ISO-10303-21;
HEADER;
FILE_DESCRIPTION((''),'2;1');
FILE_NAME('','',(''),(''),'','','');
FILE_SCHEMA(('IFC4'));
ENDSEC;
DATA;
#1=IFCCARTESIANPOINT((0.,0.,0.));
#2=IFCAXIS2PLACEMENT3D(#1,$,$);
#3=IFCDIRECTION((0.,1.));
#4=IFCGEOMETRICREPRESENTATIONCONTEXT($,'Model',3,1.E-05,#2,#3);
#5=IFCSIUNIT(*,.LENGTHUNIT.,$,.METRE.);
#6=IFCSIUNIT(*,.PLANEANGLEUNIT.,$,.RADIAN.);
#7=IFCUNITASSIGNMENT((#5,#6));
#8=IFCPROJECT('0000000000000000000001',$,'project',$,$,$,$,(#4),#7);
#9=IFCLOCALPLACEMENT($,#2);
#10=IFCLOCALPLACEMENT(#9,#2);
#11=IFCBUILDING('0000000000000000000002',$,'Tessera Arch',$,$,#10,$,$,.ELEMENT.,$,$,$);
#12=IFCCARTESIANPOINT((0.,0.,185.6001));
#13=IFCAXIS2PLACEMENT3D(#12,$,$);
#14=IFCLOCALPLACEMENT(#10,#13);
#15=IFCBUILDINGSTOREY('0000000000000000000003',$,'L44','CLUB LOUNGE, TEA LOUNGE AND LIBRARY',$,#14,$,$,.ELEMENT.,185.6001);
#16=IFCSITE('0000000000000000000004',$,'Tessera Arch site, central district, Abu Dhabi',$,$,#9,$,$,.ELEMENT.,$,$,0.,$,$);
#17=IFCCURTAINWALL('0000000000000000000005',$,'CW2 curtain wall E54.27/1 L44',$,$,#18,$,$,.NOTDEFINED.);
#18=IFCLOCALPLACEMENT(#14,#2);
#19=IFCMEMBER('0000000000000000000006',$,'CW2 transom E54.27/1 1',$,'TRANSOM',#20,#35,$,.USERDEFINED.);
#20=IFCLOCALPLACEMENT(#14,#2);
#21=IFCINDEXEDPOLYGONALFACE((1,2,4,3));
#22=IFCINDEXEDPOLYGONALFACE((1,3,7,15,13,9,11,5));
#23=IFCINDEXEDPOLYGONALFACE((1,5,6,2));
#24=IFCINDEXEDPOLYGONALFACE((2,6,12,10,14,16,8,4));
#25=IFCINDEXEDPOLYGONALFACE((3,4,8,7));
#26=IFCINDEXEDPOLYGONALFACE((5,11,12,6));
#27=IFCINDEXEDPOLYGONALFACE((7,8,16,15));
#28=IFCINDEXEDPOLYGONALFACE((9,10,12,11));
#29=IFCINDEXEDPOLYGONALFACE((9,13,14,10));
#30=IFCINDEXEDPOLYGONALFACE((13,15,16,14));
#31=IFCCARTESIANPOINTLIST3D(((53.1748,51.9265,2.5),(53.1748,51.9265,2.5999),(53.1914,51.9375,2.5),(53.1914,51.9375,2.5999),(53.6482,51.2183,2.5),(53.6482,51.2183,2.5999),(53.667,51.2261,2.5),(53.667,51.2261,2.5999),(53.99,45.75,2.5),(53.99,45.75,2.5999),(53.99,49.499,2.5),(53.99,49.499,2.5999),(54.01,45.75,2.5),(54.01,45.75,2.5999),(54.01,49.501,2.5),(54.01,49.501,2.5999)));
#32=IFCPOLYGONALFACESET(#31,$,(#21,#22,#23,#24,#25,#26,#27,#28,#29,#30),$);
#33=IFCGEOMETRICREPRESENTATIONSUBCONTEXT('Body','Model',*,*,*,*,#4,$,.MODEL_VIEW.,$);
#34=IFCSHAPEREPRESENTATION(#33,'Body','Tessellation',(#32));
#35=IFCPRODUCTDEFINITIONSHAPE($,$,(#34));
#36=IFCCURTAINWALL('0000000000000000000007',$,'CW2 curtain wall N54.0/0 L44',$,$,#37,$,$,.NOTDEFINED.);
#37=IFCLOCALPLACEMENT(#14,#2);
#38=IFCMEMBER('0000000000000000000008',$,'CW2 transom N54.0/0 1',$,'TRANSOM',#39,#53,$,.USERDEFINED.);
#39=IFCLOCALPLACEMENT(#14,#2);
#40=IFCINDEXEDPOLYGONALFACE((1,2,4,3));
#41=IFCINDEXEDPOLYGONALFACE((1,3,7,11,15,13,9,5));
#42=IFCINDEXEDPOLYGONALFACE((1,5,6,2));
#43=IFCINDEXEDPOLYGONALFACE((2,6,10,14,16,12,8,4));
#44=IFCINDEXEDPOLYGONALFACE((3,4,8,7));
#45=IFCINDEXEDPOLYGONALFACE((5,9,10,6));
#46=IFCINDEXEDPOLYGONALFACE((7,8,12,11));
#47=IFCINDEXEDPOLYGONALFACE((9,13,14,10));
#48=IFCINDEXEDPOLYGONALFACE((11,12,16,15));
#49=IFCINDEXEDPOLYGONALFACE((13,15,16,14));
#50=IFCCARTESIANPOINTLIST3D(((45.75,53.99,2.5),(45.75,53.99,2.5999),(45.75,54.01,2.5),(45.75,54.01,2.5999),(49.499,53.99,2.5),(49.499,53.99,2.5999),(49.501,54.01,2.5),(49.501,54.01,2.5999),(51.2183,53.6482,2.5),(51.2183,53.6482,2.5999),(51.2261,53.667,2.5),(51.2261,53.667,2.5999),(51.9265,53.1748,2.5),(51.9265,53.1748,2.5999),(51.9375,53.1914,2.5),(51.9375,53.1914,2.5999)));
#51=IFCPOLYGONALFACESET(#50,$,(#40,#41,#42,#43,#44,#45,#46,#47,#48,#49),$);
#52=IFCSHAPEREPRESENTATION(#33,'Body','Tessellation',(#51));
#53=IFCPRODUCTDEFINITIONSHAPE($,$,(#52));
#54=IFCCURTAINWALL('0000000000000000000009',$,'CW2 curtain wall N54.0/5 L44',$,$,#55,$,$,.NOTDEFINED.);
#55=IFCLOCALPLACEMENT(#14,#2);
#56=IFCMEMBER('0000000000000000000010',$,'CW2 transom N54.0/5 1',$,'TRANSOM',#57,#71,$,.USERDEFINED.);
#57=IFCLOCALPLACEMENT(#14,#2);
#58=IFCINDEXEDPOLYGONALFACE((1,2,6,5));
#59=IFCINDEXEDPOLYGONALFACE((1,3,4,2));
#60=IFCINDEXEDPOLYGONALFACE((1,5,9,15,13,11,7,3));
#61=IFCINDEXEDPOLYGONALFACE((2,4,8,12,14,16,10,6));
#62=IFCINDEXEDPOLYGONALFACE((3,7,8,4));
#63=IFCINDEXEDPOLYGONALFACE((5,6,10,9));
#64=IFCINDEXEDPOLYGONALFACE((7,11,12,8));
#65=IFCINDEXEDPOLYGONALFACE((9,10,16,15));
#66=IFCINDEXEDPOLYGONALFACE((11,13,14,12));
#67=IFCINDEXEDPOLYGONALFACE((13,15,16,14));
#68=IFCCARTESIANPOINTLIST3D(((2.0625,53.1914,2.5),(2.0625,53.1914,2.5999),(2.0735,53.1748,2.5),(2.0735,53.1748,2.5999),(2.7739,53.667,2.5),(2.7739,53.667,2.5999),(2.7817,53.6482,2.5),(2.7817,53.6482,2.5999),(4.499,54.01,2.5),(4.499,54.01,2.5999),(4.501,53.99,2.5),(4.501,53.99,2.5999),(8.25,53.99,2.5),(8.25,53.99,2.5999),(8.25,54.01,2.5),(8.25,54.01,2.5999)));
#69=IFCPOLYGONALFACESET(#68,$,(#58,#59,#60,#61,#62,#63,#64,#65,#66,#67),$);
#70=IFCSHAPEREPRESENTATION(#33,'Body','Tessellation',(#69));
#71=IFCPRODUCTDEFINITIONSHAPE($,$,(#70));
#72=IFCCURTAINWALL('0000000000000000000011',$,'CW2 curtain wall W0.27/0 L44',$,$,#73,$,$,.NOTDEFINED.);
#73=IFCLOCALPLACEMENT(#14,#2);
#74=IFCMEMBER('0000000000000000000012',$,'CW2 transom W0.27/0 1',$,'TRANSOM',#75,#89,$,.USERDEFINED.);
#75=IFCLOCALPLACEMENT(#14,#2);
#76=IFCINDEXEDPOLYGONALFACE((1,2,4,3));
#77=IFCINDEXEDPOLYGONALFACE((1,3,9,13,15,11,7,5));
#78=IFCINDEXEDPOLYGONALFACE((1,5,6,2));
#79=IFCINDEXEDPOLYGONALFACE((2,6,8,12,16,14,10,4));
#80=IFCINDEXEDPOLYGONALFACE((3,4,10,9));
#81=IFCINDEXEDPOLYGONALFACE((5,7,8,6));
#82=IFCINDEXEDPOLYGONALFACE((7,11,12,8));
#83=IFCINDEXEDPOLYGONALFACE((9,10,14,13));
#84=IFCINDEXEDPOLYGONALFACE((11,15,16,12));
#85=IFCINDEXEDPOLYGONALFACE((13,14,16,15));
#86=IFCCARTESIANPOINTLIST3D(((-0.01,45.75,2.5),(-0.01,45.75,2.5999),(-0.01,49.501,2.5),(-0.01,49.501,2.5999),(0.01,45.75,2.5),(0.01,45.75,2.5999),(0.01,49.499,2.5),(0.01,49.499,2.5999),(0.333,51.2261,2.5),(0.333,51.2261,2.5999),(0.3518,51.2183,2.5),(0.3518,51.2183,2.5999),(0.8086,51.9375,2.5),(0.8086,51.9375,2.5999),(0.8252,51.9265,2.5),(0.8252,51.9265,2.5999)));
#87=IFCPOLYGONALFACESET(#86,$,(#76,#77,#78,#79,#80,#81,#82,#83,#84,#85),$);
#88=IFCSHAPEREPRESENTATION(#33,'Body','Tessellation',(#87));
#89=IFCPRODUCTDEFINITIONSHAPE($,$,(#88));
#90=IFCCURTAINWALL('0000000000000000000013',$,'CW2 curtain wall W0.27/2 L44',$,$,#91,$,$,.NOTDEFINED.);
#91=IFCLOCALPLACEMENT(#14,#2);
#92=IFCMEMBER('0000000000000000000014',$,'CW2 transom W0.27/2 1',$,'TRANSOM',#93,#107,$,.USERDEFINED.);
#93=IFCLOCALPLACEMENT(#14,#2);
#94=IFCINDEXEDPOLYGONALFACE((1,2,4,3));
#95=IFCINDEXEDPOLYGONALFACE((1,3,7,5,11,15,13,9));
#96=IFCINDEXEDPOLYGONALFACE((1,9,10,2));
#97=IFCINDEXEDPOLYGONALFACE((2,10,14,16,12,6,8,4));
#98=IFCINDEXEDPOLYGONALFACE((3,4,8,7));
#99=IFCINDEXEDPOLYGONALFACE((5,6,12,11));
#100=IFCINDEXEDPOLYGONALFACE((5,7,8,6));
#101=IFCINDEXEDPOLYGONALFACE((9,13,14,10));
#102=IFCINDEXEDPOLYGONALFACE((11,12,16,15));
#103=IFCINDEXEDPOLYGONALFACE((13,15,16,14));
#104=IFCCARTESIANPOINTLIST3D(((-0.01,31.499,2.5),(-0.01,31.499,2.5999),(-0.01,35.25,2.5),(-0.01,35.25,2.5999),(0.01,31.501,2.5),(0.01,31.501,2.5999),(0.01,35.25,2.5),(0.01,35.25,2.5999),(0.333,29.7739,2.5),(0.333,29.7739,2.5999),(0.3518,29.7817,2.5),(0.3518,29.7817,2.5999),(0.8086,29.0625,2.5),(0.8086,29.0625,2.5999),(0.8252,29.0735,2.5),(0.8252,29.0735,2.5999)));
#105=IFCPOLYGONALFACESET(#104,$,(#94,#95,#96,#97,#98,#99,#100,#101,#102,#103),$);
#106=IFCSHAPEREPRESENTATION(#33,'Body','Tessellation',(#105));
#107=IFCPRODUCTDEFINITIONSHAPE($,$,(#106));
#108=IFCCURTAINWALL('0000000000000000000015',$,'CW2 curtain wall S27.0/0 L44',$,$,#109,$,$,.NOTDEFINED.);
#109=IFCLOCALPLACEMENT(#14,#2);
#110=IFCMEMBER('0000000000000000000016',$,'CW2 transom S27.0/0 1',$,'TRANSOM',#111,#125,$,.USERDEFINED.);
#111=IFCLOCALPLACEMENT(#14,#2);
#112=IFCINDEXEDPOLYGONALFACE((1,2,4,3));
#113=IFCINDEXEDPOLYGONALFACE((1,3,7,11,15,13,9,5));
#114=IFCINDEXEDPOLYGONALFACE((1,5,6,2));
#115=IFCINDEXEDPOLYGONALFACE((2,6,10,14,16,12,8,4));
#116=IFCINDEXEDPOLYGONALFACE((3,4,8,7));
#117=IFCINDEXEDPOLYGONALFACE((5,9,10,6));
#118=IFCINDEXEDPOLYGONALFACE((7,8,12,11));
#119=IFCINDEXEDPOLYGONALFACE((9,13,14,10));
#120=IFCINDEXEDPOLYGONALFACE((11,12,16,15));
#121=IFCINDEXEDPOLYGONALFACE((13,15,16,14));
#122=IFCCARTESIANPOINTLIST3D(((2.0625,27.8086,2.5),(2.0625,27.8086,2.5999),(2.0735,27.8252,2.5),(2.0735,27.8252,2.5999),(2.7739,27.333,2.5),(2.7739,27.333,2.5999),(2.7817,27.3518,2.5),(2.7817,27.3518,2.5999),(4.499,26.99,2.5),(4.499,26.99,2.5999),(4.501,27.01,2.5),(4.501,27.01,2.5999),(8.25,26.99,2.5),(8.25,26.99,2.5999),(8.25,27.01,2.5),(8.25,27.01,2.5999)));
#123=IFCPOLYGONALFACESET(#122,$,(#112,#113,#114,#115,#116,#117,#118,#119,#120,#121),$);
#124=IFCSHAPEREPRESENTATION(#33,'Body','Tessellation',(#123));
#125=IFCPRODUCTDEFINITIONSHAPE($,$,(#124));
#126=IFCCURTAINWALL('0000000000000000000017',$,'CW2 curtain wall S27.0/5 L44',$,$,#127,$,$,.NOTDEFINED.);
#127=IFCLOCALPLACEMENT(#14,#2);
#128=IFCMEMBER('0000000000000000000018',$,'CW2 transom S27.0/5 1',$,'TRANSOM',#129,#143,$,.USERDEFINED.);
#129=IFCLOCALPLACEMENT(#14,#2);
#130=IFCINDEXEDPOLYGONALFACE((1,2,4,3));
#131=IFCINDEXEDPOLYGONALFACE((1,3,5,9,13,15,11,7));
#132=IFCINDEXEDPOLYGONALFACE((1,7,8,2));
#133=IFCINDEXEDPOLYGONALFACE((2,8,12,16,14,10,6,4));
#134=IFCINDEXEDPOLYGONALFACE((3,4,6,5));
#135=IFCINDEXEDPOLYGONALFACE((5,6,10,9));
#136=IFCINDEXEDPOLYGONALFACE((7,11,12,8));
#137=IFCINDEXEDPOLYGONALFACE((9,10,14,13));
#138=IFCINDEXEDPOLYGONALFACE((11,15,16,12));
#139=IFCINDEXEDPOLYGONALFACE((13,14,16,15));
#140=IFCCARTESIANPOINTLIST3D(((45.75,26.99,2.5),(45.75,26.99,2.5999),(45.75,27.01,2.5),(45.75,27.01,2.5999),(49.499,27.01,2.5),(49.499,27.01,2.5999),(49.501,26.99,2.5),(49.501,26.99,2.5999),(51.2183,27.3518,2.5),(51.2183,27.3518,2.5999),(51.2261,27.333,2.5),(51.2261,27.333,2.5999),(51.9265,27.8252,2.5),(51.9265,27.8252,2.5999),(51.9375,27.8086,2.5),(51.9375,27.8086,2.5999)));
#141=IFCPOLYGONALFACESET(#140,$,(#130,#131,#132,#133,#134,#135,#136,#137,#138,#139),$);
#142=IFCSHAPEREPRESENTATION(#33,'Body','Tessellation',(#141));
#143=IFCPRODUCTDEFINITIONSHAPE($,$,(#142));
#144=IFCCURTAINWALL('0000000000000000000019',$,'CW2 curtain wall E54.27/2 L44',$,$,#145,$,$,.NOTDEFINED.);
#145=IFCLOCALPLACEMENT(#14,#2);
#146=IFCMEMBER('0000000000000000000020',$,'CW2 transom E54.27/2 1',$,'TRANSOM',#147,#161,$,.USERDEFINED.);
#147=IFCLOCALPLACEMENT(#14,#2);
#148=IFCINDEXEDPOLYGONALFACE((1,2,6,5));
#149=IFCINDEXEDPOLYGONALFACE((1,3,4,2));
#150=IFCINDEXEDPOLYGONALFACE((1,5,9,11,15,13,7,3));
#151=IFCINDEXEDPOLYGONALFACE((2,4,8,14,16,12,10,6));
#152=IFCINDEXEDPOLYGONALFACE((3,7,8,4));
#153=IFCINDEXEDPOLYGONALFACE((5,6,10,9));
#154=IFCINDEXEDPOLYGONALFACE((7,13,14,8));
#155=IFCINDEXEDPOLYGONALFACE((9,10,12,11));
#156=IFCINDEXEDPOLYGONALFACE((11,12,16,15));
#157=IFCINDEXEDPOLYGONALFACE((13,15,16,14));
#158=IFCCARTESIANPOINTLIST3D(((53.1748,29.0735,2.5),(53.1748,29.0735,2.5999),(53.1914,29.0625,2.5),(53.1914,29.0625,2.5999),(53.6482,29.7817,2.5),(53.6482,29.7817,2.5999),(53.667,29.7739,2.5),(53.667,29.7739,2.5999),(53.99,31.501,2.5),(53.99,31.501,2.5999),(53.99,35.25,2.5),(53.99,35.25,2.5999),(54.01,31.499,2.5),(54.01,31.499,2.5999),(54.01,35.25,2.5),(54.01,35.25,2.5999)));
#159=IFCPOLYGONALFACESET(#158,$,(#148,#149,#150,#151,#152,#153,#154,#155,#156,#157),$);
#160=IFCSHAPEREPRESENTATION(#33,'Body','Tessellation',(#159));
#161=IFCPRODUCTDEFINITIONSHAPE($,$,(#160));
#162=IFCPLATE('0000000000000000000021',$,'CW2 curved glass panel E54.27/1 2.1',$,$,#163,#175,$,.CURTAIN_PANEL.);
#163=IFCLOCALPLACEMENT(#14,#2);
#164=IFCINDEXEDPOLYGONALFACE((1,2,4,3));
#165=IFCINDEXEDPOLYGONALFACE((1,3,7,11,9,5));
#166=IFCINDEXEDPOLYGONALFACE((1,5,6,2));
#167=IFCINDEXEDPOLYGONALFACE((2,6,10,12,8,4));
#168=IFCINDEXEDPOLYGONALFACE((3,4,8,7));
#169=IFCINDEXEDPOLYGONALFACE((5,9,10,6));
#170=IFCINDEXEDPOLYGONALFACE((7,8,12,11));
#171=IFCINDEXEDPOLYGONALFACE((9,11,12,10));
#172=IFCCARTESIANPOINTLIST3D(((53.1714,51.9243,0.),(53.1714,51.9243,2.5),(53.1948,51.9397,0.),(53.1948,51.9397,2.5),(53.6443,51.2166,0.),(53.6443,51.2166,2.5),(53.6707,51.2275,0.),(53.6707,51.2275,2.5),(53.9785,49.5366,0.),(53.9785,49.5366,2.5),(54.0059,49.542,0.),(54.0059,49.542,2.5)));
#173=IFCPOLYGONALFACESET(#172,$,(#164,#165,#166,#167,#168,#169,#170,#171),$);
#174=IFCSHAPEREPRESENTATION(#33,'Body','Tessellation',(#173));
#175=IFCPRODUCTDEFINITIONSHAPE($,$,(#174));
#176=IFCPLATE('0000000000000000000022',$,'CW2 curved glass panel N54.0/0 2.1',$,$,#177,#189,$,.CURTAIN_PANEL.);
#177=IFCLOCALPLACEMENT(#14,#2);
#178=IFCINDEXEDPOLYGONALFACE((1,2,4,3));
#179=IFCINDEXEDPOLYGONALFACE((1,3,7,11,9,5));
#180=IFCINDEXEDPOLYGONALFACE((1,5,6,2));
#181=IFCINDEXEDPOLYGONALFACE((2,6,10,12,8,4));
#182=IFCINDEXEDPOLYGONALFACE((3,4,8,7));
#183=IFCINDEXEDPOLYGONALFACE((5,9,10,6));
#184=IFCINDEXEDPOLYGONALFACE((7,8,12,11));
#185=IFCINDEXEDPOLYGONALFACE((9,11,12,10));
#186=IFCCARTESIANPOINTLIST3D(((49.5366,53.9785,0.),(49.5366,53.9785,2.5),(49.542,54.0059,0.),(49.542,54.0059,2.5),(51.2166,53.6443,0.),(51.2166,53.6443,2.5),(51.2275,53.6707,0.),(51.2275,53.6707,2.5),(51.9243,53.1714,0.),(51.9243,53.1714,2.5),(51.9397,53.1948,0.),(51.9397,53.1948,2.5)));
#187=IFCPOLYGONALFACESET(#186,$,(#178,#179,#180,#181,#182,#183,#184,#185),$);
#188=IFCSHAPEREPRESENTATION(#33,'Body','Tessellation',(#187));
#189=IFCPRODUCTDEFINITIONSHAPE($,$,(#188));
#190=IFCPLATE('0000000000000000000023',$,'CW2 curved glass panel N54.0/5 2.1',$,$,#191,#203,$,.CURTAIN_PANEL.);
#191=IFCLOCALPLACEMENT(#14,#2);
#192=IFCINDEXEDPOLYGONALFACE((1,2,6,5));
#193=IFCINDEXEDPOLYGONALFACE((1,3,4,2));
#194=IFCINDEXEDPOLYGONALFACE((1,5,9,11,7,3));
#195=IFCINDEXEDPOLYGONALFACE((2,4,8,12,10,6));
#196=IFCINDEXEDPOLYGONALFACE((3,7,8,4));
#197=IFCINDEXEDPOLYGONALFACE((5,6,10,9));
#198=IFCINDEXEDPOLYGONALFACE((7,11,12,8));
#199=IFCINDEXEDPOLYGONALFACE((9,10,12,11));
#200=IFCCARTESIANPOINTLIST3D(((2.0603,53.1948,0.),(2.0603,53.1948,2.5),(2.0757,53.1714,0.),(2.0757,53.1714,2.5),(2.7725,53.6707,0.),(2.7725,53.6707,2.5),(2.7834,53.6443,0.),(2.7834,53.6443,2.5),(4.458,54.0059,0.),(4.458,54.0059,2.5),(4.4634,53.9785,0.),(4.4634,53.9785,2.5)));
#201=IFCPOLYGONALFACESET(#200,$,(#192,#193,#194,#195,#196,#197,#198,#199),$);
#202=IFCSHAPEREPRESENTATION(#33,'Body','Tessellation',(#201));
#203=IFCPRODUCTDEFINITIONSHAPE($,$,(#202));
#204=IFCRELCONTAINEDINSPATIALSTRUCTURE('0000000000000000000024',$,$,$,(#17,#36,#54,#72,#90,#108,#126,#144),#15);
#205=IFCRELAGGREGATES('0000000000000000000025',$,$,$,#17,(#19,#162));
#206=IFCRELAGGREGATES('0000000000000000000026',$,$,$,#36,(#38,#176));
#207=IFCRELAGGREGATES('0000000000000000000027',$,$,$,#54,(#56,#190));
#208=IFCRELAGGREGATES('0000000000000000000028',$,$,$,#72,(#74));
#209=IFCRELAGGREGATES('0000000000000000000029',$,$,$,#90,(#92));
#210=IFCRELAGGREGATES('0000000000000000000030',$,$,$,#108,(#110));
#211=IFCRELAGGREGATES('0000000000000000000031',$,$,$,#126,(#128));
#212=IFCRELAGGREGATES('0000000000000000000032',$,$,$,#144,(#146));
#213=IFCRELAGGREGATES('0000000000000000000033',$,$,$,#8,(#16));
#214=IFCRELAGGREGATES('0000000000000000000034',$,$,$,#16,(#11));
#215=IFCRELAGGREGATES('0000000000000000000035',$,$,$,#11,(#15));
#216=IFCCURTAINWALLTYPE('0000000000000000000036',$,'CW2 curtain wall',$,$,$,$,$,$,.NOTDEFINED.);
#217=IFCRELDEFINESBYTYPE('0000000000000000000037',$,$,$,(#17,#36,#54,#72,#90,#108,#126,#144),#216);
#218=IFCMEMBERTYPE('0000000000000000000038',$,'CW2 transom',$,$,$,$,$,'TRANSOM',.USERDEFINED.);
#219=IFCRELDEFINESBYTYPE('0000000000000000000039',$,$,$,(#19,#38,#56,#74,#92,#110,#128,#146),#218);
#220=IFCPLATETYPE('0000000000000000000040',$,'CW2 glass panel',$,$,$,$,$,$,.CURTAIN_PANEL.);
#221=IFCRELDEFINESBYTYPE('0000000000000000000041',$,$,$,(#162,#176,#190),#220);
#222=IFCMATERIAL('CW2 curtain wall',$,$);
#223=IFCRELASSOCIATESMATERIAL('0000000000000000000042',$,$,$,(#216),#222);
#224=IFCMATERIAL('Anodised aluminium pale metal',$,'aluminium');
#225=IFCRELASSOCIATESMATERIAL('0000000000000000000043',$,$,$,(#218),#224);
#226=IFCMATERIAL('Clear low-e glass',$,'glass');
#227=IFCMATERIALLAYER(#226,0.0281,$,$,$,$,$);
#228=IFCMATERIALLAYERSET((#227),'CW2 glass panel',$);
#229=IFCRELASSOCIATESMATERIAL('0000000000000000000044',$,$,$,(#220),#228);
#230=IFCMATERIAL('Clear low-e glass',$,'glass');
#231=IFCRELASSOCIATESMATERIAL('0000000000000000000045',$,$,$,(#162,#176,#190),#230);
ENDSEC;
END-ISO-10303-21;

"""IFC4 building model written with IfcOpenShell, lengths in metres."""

from ifc_helpers import new_model, si_unit, direction, frame, origin, origin_2d, place, context, subcontext, project, spatial, polyline, rectangle, outline, extrude, material, layer, layer_set, material_profile, profile_set, type_object, element, aggregate, save


model = new_model("IFC4")

# Units and contexts
model_context = context("Model", 3, precision=1e-05, world=origin(), true_north=direction((0.0, 1.0)))
body_context = subcontext(model_context, "Body", "Model", "MODEL_VIEW")
ifc_project = project(units=[si_unit("LENGTHUNIT", "METRE"), si_unit("PLANEANGLEUNIT", "RADIAN")], contexts=[model_context])

# Site, building, storey
site_placement = place(None, origin())
site = spatial("IfcSite", under=ifc_project, at=site_placement, Name="Tessera Arch site, central district, Abu Dhabi", CompositionType="ELEMENT", RefElevation=0.0)
building_placement = place(site_placement, origin())
building = spatial("IfcBuilding", under=site, at=building_placement, Name="Tessera Arch", CompositionType="ELEMENT")
storey_placement = place(building_placement, frame((0.0, 0.0, 185.6001)))
storey = spatial("IfcBuildingStorey", under=building, at=storey_placement, Name="L44", Description="CLUB LOUNGE, TEA LOUNGE AND LIBRARY", CompositionType="ELEMENT", Elevation=185.6001)

# Curtain walls, members
ifc_material_1 = material(Name="CW2 curtain wall")
curtain_wall_type_1 = type_object("IfcCurtainWallType", Name="CW2 curtain wall", PredefinedType="NOTDEFINED", material=ifc_material_1)
curtain_wall_1_placement = place(storey_placement, origin())
curtain_wall_1 = element("IfcCurtainWall", 1, at=curtain_wall_1_placement, inside=storey, type_object=curtain_wall_type_1, Name="CW2 curtain wall E54.27/1 L44", PredefinedType="NOTDEFINED")
ifc_material_2 = material(Name="Anodised aluminium pale metal", Category="aluminium")
ifc_material_profile = material_profile(ifc_material_2, rectangle(XDim=0.2, YDim=0.1001, at=origin_2d()), Name="AL 200x100")
ifc_profile_set = profile_set([ifc_material_profile], Name="Anodised aluminium pale metal")
member_type = type_object("IfcMemberType", Name="CW2 transom", ElementType="TRANSOM", PredefinedType="USERDEFINED", material=ifc_profile_set)
member_1_placement = place(storey_placement, frame((0.0, 0.0, 2.5)))
member_1 = element("IfcMember", 2, at=member_1_placement, type_object=member_type, Name="CW2 transom E54.27/1 1", ObjectType="TRANSOM", PredefinedType="USERDEFINED", context=body_context, shape_type="SweptSolid", body=[
    extrude(outline(polyline([(53.99, 49.499), (53.99, 45.75), (54.01, 45.75), (54.01, 49.501), (53.667, 51.2261), (53.1914, 51.9375), (53.1748, 51.9265), (53.6482, 51.2183), (53.99, 49.499)])), origin(), (0.0, 0.0, 1.0), 0.0999),
])
curtain_wall_2_placement = place(storey_placement, origin())
curtain_wall_2 = element("IfcCurtainWall", 3, at=curtain_wall_2_placement, inside=storey, type_object=curtain_wall_type_1, Name="CW2 curtain wall N54.0/0 L44", PredefinedType="NOTDEFINED")
member_2_placement = place(storey_placement, frame((0.0, 0.0, 2.5)))
member_2 = element("IfcMember", 4, at=member_2_placement, type_object=member_type, Name="CW2 transom N54.0/0 1", ObjectType="TRANSOM", PredefinedType="USERDEFINED", context=body_context, shape_type="SweptSolid", body=[
    extrude(outline(polyline([(51.2183, 53.6482), (51.9265, 53.1748), (51.9375, 53.1914), (51.2261, 53.667), (49.501, 54.01), (45.75, 54.01), (45.75, 53.99), (49.499, 53.99), (51.2183, 53.6482)])), origin(), (0.0, 0.0, 1.0), 0.0999),
])
curtain_wall_3_placement = place(storey_placement, origin())
curtain_wall_3 = element("IfcCurtainWall", 5, at=curtain_wall_3_placement, inside=storey, type_object=curtain_wall_type_1, Name="CW2 curtain wall N54.0/5 L44", PredefinedType="NOTDEFINED")
member_3_placement = place(storey_placement, frame((0.0, 0.0, 2.5)))
member_3 = element("IfcMember", 6, at=member_3_placement, type_object=member_type, Name="CW2 transom N54.0/5 1", ObjectType="TRANSOM", PredefinedType="USERDEFINED", context=body_context, shape_type="SweptSolid", body=[
    extrude(outline(polyline([(4.501, 53.99), (8.25, 53.99), (8.25, 54.01), (4.499, 54.01), (2.7739, 53.667), (2.0625, 53.1914), (2.0735, 53.1748), (2.7817, 53.6482), (4.501, 53.99)])), origin(), (0.0, 0.0, 1.0), 0.0999),
])
curtain_wall_4_placement = place(storey_placement, origin())
curtain_wall_4 = element("IfcCurtainWall", 7, at=curtain_wall_4_placement, inside=storey, type_object=curtain_wall_type_1, Name="CW2 curtain wall W0.27/0 L44", PredefinedType="NOTDEFINED")
member_4_placement = place(storey_placement, frame((0.0, 0.0, 2.5)))
member_4 = element("IfcMember", 8, at=member_4_placement, type_object=member_type, Name="CW2 transom W0.27/0 1", ObjectType="TRANSOM", PredefinedType="USERDEFINED", context=body_context, shape_type="SweptSolid", body=[
    extrude(outline(polyline([(0.3518, 51.2183), (0.8252, 51.9265), (0.8086, 51.9375), (0.333, 51.2261), (-0.01, 49.501), (-0.01, 45.75), (0.01, 45.75), (0.01, 49.499), (0.3518, 51.2183)])), origin(), (0.0, 0.0, 1.0), 0.0999),
])
curtain_wall_5_placement = place(storey_placement, origin())
curtain_wall_5 = element("IfcCurtainWall", 9, at=curtain_wall_5_placement, inside=storey, type_object=curtain_wall_type_1, Name="CW2 curtain wall W0.27/2 L44", PredefinedType="NOTDEFINED")
member_5_placement = place(storey_placement, frame((0.0, 0.0, 2.5)))
member_5 = element("IfcMember", 10, at=member_5_placement, type_object=member_type, Name="CW2 transom W0.27/2 1", ObjectType="TRANSOM", PredefinedType="USERDEFINED", context=body_context, shape_type="SweptSolid", body=[
    extrude(outline(polyline([(0.01, 31.501), (0.01, 35.25), (-0.01, 35.25), (-0.01, 31.499), (0.333, 29.7739), (0.8086, 29.0625), (0.8252, 29.0735), (0.3518, 29.7817), (0.01, 31.501)])), origin(), (0.0, 0.0, 1.0), 0.0999),
])
curtain_wall_6_placement = place(storey_placement, origin())
curtain_wall_6 = element("IfcCurtainWall", 11, at=curtain_wall_6_placement, inside=storey, type_object=curtain_wall_type_1, Name="CW2 curtain wall S27.0/0 L44", PredefinedType="NOTDEFINED")
member_6_placement = place(storey_placement, frame((0.0, 0.0, 2.5)))
member_6 = element("IfcMember", 12, at=member_6_placement, type_object=member_type, Name="CW2 transom S27.0/0 1", ObjectType="TRANSOM", PredefinedType="USERDEFINED", context=body_context, shape_type="SweptSolid", body=[
    extrude(outline(polyline([(2.7817, 27.3518), (2.0735, 27.8252), (2.0625, 27.8086), (2.7739, 27.333), (4.499, 26.99), (8.25, 26.99), (8.25, 27.01), (4.501, 27.01), (2.7817, 27.3518)])), origin(), (0.0, 0.0, 1.0), 0.0999),
])
curtain_wall_7_placement = place(storey_placement, origin())
curtain_wall_7 = element("IfcCurtainWall", 13, at=curtain_wall_7_placement, inside=storey, type_object=curtain_wall_type_1, Name="CW2 curtain wall S27.0/5 L44", PredefinedType="NOTDEFINED")
member_7_placement = place(storey_placement, frame((0.0, 0.0, 2.5)))
member_7 = element("IfcMember", 14, at=member_7_placement, type_object=member_type, Name="CW2 transom S27.0/5 1", ObjectType="TRANSOM", PredefinedType="USERDEFINED", context=body_context, shape_type="SweptSolid", body=[
    extrude(outline(polyline([(49.499, 27.01), (45.75, 27.01), (45.75, 26.99), (49.501, 26.99), (51.2261, 27.333), (51.9375, 27.8086), (51.9265, 27.8252), (51.2183, 27.3518), (49.499, 27.01)])), origin(), (0.0, 0.0, 1.0), 0.0999),
])
curtain_wall_8_placement = place(storey_placement, origin())
curtain_wall_8 = element("IfcCurtainWall", 15, at=curtain_wall_8_placement, inside=storey, type_object=curtain_wall_type_1, Name="CW2 curtain wall E54.27/2 L44", PredefinedType="NOTDEFINED")
member_8_placement = place(storey_placement, frame((0.0, 0.0, 2.5)))
member_8 = element("IfcMember", 16, at=member_8_placement, type_object=member_type, Name="CW2 transom E54.27/2 1", ObjectType="TRANSOM", PredefinedType="USERDEFINED", context=body_context, shape_type="SweptSolid", body=[
    extrude(outline(polyline([(53.6482, 29.7817), (53.1748, 29.0735), (53.1914, 29.0625), (53.667, 29.7739), (54.01, 31.499), (54.01, 35.25), (53.99, 35.25), (53.99, 31.501), (53.6482, 29.7817)])), origin(), (0.0, 0.0, 1.0), 0.0999),
])

# Plates
ifc_material_3 = material(Name="Clear low-e glass", Category="glass")
ifc_material_4 = material(Name="Clear low-e glass", Category="glass")
ifc_layer_1 = layer(ifc_material_4, 0.0281)
ifc_layer_set_1 = layer_set([ifc_layer_1], Name="CW2 glass panel")
plate_type_1 = type_object("IfcPlateType", Name="CW2 glass panel", PredefinedType="CURTAIN_PANEL", material=ifc_layer_set_1)
plate_1_placement = place(storey_placement, origin())
plate_1 = element("IfcPlate", 17, at=plate_1_placement, type_object=plate_type_1, material=ifc_material_3, Name="CW2 curved glass panel E54.27/1 2.1", PredefinedType="CURTAIN_PANEL", context=body_context, shape_type="SweptSolid", body=[
    extrude(outline(polyline([(53.6443, 51.2166), (53.9785, 49.5366), (54.0059, 49.542), (53.6707, 51.2275), (53.1948, 51.9397), (53.1714, 51.9243), (53.6443, 51.2166)])), origin(), (0.0, 0.0, 1.0), 2.5),
])
plate_2_placement = place(storey_placement, origin())
plate_2 = element("IfcPlate", 18, at=plate_2_placement, type_object=plate_type_1, material=ifc_material_3, Name="CW2 curved glass panel N54.0/0 2.1", PredefinedType="CURTAIN_PANEL", context=body_context, shape_type="SweptSolid", body=[
    extrude(outline(polyline([(51.2166, 53.6443), (51.9243, 53.1714), (51.9397, 53.1948), (51.2275, 53.6707), (49.542, 54.0059), (49.5366, 53.9785), (51.2166, 53.6443)])), origin(), (0.0, 0.0, 1.0), 2.5),
])
plate_3_placement = place(storey_placement, origin())
plate_3 = element("IfcPlate", 19, at=plate_3_placement, type_object=plate_type_1, material=ifc_material_3, Name="CW2 curved glass panel N54.0/5 2.1", PredefinedType="CURTAIN_PANEL", context=body_context, shape_type="SweptSolid", body=[
    extrude(outline(polyline([(2.7834, 53.6443), (4.4634, 53.9785), (4.458, 54.0059), (2.7725, 53.6707), (2.0603, 53.1948), (2.0757, 53.1714), (2.7834, 53.6443)])), origin(), (0.0, 0.0, 1.0), 2.5),
])
aggregate(curtain_wall_1, [member_1, plate_1])
aggregate(curtain_wall_2, [member_2, plate_2])
aggregate(curtain_wall_3, [member_3, plate_3])
aggregate(curtain_wall_4, [member_4])
aggregate(curtain_wall_5, [member_5])
aggregate(curtain_wall_6, [member_6])
aggregate(curtain_wall_7, [member_7])
aggregate(curtain_wall_8, [member_8])

save(model, "model.ifc")
